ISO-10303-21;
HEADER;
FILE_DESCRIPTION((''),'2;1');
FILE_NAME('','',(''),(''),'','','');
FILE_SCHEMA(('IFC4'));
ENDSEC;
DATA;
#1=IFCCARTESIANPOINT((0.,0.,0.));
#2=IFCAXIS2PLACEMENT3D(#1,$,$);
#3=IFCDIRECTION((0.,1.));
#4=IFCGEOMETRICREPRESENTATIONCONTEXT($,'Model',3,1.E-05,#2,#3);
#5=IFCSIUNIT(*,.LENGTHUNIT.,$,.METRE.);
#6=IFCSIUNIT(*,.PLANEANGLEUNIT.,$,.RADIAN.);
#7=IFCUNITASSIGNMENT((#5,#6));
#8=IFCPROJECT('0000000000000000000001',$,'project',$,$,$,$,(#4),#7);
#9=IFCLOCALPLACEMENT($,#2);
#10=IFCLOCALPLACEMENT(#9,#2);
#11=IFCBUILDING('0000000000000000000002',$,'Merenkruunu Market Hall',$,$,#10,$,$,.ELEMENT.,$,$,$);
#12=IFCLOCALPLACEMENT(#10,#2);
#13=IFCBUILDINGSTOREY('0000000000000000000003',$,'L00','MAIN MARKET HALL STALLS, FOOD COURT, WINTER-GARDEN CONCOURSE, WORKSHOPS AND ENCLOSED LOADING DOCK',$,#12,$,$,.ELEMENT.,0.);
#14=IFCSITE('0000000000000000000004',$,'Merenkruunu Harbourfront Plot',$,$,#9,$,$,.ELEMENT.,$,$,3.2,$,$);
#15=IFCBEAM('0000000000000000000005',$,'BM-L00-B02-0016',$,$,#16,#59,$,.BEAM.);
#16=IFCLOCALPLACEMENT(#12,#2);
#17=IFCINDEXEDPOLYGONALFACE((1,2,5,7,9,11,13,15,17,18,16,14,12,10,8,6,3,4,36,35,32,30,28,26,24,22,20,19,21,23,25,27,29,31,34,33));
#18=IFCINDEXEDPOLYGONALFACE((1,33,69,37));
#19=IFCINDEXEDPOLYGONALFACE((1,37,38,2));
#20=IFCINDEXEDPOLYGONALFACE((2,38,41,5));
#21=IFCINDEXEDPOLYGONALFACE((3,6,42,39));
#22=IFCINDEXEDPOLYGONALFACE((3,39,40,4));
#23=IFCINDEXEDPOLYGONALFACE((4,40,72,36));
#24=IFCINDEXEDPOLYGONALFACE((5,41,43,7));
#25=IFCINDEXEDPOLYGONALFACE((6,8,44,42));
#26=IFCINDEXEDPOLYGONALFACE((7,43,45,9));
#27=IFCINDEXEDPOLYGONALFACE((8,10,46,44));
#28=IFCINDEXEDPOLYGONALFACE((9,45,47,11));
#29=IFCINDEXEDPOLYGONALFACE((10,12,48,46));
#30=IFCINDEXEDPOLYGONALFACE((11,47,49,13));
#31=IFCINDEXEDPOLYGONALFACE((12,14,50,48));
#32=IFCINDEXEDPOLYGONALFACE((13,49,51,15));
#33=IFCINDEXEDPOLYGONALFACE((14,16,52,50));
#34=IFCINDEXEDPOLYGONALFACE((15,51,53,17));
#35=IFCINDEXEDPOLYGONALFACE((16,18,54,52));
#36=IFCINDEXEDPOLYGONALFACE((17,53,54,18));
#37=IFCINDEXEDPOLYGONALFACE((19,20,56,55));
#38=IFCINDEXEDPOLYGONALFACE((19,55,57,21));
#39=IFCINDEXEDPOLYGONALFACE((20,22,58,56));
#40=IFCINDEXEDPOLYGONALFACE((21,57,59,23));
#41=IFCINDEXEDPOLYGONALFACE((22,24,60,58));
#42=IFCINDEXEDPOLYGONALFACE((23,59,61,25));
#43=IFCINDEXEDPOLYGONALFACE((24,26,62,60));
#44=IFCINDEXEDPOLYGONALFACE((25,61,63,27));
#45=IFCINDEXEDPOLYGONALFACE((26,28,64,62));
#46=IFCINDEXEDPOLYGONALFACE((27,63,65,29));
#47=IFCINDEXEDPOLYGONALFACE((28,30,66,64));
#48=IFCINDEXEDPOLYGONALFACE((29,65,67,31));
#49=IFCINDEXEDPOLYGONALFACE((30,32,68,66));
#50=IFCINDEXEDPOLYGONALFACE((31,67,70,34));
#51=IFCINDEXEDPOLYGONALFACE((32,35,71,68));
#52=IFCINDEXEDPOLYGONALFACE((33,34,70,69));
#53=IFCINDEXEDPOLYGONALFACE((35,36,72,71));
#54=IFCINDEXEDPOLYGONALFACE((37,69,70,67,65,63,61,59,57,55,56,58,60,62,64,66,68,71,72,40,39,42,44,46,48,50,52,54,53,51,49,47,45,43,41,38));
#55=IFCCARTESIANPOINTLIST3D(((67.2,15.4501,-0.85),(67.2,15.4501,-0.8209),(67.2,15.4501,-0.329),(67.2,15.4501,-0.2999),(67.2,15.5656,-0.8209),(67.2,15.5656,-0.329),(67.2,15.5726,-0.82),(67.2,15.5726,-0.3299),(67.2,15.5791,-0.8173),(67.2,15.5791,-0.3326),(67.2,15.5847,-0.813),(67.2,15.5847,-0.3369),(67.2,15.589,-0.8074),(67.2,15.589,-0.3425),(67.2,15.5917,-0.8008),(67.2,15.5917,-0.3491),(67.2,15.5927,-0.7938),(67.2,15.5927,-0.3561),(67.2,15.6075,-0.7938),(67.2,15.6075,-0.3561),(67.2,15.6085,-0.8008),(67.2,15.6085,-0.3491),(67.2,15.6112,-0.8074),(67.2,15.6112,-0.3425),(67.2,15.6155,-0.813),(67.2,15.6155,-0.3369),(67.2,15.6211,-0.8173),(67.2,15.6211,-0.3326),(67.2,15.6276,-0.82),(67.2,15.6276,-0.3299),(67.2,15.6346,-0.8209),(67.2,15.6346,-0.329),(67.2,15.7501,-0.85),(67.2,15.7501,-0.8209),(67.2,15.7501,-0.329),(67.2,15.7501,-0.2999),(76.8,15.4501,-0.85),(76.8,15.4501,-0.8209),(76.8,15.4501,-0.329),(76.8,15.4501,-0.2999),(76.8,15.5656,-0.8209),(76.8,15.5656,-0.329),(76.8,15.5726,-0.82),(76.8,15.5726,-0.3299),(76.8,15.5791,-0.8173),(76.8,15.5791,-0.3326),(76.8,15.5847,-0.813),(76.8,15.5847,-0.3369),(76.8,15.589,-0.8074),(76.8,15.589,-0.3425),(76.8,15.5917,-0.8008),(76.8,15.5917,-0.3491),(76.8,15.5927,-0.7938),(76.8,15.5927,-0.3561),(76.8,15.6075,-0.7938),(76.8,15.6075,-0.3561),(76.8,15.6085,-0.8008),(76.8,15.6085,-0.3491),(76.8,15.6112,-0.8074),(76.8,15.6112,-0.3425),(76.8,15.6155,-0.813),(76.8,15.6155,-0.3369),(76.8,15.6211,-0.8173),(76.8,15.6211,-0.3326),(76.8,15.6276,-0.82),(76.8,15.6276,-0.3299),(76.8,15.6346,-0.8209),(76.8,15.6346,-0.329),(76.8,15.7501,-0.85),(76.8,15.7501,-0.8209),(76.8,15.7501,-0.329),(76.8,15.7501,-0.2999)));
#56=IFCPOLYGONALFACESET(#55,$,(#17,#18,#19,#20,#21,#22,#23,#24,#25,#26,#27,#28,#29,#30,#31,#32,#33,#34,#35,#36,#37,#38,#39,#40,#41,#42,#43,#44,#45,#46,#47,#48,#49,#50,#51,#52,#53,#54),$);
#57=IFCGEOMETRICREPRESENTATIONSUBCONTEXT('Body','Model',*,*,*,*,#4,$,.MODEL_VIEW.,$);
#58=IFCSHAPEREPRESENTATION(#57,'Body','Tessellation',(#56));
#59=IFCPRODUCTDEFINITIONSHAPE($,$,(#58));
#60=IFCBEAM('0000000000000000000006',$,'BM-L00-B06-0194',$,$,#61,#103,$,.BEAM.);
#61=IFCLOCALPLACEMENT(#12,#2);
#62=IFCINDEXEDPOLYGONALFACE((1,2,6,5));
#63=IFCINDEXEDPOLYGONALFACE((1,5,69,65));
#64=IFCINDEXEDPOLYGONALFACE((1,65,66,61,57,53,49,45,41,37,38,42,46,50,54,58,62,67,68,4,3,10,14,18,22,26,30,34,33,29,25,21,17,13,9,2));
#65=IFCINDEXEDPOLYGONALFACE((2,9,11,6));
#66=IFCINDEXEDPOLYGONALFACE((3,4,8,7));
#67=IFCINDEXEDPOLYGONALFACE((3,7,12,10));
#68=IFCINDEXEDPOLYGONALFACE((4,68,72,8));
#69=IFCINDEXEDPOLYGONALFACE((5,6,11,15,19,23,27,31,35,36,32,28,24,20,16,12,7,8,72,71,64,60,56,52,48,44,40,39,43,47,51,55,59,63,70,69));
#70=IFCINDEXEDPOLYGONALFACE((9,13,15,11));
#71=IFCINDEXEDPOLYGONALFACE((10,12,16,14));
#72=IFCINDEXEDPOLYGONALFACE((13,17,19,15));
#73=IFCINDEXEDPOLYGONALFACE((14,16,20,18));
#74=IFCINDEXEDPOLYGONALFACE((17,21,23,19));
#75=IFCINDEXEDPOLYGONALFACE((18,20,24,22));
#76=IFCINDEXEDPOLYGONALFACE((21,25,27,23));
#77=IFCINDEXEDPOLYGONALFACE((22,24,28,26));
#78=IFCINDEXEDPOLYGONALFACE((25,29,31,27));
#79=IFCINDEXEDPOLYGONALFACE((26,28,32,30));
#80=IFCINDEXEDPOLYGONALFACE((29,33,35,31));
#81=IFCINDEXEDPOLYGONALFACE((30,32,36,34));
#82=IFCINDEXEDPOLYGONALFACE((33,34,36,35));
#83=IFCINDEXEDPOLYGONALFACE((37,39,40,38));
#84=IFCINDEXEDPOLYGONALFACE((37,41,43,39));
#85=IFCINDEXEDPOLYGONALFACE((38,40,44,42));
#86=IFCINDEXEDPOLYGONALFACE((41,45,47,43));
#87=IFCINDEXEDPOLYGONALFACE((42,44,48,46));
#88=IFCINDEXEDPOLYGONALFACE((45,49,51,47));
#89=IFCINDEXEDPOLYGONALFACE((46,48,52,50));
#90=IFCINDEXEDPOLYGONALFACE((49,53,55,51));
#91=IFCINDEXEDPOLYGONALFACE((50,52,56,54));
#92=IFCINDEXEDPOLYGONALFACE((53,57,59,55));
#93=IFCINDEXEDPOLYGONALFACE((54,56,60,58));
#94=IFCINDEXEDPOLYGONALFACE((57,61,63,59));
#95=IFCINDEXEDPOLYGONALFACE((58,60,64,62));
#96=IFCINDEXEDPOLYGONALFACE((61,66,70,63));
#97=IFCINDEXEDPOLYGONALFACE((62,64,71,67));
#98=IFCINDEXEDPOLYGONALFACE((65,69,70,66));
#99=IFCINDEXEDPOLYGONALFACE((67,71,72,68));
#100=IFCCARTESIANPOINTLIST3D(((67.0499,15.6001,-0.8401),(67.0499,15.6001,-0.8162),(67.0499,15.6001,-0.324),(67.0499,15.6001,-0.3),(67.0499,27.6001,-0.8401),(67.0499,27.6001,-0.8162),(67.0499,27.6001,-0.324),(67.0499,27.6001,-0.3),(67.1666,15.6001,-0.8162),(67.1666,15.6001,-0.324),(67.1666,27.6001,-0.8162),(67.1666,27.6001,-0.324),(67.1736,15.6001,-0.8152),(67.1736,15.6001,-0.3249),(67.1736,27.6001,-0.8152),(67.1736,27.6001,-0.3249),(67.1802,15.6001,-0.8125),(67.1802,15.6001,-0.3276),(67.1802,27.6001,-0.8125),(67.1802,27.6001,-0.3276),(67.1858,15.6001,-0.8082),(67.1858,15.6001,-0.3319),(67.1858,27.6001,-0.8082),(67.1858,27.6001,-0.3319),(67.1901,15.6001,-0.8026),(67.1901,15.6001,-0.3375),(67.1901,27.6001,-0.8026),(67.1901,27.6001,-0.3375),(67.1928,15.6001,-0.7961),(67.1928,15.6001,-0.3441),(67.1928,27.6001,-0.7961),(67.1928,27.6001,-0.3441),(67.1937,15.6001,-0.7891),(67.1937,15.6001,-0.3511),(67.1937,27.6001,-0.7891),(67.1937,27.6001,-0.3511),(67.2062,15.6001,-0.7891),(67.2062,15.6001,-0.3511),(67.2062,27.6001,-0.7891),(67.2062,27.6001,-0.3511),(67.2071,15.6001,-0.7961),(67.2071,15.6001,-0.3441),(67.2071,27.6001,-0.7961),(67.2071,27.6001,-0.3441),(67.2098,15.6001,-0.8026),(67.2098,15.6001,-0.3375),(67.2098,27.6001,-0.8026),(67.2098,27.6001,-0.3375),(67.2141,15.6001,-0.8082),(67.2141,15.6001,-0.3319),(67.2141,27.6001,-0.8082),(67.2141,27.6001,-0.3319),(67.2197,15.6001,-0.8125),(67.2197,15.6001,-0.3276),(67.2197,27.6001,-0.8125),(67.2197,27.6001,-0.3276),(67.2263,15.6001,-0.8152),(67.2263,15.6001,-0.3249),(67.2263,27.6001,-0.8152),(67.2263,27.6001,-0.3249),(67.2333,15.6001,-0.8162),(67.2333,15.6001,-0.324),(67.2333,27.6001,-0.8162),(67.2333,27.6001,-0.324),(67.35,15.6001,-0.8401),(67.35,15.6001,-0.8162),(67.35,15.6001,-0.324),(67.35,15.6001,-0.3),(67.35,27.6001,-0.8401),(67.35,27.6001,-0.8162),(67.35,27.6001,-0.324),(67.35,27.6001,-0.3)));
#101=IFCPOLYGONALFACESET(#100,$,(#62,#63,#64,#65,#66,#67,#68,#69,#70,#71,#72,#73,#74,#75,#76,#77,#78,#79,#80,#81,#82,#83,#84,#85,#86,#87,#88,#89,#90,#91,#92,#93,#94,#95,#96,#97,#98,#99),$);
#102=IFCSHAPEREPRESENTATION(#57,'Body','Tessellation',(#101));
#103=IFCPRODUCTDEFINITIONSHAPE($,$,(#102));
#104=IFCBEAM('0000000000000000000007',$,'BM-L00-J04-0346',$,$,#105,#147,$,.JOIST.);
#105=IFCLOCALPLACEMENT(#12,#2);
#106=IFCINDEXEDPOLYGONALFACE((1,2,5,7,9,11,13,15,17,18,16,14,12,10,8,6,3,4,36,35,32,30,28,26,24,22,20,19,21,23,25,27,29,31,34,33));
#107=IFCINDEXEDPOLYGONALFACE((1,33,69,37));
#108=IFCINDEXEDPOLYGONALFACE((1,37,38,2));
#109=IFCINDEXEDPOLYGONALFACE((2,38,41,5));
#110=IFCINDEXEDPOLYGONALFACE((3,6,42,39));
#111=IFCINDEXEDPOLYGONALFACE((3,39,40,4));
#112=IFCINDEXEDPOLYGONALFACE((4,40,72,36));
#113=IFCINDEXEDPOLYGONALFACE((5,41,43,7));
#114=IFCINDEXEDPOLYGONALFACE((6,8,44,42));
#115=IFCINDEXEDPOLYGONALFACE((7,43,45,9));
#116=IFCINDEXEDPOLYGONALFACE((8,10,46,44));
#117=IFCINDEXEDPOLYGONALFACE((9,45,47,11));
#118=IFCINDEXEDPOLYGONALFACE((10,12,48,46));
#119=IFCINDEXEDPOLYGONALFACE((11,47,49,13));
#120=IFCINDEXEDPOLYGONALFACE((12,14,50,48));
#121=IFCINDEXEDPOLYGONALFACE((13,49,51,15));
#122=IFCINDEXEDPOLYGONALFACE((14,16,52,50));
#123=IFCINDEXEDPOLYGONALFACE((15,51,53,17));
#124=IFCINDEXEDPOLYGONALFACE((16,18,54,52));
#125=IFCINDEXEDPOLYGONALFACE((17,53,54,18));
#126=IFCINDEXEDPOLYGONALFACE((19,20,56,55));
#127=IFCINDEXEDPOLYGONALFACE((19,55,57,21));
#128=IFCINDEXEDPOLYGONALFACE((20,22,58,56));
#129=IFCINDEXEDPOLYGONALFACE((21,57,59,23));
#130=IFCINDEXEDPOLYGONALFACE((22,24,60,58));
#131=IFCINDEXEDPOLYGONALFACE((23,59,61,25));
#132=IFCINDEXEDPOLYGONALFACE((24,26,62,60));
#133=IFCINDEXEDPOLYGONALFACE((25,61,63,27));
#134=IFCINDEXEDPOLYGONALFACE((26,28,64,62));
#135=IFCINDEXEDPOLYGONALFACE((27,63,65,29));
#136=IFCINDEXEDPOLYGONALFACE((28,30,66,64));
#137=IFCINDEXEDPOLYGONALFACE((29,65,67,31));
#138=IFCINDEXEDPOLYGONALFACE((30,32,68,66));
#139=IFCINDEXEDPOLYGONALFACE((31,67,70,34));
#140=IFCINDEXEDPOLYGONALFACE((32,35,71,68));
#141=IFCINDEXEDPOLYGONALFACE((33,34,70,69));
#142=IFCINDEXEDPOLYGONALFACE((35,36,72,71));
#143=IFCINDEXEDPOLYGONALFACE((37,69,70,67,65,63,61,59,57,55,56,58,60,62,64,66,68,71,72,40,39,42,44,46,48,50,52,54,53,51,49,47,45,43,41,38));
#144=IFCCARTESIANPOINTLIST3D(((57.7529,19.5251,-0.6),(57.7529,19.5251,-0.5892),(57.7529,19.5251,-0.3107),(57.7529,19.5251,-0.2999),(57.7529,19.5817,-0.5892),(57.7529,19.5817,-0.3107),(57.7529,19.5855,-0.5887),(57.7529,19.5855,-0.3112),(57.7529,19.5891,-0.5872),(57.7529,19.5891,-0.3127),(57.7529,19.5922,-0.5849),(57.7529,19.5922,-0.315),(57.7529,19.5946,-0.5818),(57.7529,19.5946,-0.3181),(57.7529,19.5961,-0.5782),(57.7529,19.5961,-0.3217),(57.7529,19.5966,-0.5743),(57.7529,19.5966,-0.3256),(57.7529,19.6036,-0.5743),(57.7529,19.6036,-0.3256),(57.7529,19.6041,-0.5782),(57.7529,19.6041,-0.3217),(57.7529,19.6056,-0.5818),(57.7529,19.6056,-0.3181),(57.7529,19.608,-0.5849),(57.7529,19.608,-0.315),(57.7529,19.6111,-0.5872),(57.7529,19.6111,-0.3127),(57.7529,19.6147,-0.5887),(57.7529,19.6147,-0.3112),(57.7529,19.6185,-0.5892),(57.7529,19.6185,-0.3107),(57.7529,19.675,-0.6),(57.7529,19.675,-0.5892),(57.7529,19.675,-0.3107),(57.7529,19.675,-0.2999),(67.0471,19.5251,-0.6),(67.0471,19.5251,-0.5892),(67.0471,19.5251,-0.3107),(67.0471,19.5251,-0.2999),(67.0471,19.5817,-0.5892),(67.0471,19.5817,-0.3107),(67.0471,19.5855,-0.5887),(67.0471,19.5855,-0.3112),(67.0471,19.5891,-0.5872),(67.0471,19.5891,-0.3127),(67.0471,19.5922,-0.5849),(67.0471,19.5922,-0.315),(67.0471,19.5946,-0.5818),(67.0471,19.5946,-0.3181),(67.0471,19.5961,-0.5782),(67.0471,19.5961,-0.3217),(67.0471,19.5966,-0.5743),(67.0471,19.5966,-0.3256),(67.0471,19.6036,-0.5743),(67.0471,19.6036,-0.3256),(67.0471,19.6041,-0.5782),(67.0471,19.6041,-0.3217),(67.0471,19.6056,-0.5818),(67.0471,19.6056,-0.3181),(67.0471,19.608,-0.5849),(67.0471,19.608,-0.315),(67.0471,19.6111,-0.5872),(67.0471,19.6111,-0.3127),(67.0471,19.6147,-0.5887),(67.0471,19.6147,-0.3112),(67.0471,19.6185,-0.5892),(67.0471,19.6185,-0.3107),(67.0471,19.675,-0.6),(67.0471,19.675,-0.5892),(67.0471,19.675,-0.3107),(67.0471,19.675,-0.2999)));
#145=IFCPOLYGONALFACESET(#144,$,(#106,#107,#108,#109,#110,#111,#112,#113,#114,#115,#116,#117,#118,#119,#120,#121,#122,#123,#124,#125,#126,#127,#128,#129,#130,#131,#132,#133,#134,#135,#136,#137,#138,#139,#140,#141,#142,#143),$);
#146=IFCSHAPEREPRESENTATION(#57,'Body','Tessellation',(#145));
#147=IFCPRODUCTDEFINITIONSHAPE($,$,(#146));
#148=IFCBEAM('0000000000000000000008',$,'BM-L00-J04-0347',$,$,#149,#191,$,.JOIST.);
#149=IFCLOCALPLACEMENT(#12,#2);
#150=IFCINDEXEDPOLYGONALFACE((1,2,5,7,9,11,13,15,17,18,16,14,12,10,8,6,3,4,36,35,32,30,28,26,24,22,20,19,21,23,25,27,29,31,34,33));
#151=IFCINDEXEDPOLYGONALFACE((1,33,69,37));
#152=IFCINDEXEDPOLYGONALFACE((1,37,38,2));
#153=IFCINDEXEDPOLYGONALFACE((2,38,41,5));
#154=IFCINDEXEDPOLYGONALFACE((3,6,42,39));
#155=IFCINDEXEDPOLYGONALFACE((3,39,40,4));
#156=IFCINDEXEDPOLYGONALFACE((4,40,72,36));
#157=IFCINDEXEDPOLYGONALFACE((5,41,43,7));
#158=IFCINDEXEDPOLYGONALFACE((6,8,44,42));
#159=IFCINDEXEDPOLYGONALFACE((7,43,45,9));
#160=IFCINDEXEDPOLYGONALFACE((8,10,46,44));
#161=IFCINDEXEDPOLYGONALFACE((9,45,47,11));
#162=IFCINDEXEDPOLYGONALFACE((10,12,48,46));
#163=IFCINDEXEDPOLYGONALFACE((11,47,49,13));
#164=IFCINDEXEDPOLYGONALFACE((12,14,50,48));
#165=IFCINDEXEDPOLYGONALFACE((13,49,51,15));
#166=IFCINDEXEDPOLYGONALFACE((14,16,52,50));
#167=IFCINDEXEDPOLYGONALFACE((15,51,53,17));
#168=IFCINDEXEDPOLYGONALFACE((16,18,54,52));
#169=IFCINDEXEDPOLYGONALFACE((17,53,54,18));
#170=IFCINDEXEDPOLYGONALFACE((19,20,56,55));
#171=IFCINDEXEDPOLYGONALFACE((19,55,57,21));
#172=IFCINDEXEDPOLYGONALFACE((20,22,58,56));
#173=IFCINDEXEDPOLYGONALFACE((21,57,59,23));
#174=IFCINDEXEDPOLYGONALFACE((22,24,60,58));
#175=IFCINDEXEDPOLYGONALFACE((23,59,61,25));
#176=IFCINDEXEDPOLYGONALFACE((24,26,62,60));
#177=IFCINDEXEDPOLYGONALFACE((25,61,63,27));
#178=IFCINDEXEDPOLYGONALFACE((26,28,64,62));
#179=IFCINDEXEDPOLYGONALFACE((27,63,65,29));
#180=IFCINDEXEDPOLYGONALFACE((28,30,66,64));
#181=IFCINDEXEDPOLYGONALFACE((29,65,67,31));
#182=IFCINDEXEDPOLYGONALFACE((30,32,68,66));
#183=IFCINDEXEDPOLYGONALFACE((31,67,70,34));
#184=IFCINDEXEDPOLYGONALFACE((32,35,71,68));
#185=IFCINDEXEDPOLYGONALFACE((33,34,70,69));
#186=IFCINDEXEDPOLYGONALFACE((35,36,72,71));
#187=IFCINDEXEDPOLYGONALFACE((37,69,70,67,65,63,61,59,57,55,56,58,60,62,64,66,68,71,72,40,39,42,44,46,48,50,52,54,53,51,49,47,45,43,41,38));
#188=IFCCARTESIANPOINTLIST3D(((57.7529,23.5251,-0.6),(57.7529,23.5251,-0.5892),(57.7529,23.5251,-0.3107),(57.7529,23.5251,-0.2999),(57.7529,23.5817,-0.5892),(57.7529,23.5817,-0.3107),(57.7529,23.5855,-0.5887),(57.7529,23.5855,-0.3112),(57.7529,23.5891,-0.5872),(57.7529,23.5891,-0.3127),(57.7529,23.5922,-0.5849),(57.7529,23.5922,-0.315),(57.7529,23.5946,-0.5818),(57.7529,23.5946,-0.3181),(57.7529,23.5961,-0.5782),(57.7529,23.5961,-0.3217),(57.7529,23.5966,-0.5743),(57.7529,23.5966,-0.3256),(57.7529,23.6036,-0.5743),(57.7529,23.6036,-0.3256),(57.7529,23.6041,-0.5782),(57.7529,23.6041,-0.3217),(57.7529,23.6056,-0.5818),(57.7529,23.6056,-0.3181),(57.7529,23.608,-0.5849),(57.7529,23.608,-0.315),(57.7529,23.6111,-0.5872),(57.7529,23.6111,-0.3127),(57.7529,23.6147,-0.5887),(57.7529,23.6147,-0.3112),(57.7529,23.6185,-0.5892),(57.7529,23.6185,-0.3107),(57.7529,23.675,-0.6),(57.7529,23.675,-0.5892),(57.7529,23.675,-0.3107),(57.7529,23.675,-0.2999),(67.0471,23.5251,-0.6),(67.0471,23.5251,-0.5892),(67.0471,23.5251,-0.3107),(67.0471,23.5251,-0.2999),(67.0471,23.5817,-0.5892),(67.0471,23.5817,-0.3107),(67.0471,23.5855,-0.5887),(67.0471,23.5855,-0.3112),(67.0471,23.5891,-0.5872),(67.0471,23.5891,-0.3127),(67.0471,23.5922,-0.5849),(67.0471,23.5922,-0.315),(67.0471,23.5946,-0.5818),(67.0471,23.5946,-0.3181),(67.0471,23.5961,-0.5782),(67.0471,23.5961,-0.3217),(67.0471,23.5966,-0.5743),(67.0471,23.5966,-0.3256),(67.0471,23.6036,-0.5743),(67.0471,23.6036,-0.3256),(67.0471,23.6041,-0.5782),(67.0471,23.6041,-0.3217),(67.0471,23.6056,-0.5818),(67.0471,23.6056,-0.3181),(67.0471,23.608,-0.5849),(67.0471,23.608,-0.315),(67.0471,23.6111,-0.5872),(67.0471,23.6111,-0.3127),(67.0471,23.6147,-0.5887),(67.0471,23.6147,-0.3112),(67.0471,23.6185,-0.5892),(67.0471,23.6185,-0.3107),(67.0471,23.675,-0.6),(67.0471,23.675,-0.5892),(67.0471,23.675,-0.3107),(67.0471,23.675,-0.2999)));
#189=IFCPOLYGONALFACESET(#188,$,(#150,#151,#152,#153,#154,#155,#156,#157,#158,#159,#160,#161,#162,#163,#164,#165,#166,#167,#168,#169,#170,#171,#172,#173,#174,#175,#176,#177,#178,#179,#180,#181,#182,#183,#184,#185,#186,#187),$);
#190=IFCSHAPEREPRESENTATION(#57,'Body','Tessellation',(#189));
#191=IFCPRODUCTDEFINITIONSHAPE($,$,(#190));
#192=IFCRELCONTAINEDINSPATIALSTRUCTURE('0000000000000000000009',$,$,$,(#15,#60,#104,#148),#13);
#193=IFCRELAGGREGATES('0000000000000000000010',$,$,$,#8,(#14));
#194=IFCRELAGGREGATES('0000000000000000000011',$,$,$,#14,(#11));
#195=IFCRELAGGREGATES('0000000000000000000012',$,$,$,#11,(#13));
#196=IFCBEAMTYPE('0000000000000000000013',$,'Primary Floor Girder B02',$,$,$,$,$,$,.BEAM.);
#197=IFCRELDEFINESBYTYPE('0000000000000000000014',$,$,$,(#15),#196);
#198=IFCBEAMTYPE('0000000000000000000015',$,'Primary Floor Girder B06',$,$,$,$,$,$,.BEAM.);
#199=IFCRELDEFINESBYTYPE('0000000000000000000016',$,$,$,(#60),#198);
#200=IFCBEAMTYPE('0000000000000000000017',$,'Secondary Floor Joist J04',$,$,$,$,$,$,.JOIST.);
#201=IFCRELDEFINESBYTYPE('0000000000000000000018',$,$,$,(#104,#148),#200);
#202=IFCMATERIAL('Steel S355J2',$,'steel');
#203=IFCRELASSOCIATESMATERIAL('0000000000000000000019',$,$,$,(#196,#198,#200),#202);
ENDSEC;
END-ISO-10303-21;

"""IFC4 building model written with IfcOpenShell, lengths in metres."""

from ifc_helpers import new_model, si_unit, direction, frame, origin, origin_2d, place, context, subcontext, project, spatial, i_section, extrude, material, material_profile, profile_set, type_object, element, save


model = new_model("IFC4")

# Units and contexts
model_context = context("Model", 3, precision=1e-05, world=origin(), true_north=direction((0.0, 1.0)))
body_context = subcontext(model_context, "Body", "Model", "MODEL_VIEW")
ifc_project = project(units=[si_unit("LENGTHUNIT", "METRE"), si_unit("PLANEANGLEUNIT", "RADIAN")], contexts=[model_context])

# Site, building, storey
site_placement = place(None, origin())
site = spatial("IfcSite", under=ifc_project, at=site_placement, Name="Merenkruunu Harbourfront Plot", CompositionType="ELEMENT", RefElevation=3.2)
building_placement = place(site_placement, origin())
building = spatial("IfcBuilding", under=site, at=building_placement, Name="Merenkruunu Market Hall", CompositionType="ELEMENT")
storey_placement = place(building_placement, origin())
storey = spatial("IfcBuildingStorey", under=building, at=storey_placement, Name="L00", Description="MAIN MARKET HALL STALLS, FOOD COURT, WINTER-GARDEN CONCOURSE, WORKSHOPS AND ENCLOSED LOADING DOCK", CompositionType="ELEMENT", Elevation=0.0)

# Beams
ifc_material_1 = material(Name="Steel S355J2", Category="steel")
ifc_material_profile_1 = material_profile(ifc_material_1, i_section(OverallWidth=0.3, OverallDepth=0.55, WebThickness=0.0149, FlangeThickness=0.0291, FilletRadius=0.0271, at=origin_2d()), Name="HEB 550")
ifc_profile_set_1 = profile_set([ifc_material_profile_1], Name="Steel S355J2")
beam_type_1 = type_object("IfcBeamType", Name="Primary Floor Girder B02", PredefinedType="BEAM", material=ifc_profile_set_1)
beam_1_placement = place(storey_placement, frame((67.2, 15.6001, -0.575), z_axis=(1.0, 0.0, 0.0), x_axis=(0.0, 1.0, 0.0)))
element("IfcBeam", 1, at=beam_1_placement, inside=storey, type_object=beam_type_1, Name="BM-L00-B02-0016", PredefinedType="BEAM", context=body_context, shape_type="SweptSolid", body=[
    extrude(i_section(OverallWidth=0.3, OverallDepth=0.55, WebThickness=0.0149, FlangeThickness=0.0291, FilletRadius=0.0271, at=origin_2d()), origin(), (0.0, 0.0, 1.0), 9.6001),
])
ifc_material_profile_2 = material_profile(ifc_material_1, i_section(OverallWidth=0.3, OverallDepth=0.54, WebThickness=0.0125, FlangeThickness=0.0239, FilletRadius=0.0271, at=origin_2d()), Name="HEA 550")
ifc_profile_set_2 = profile_set([ifc_material_profile_2], Name="Steel S355J2")
beam_type_2 = type_object("IfcBeamType", Name="Primary Floor Girder B06", PredefinedType="BEAM", material=ifc_profile_set_2)
beam_2_placement = place(storey_placement, frame((67.2, 15.6001, -0.5701), z_axis=(0.0, 1.0, 0.0), x_axis=(-1.0, 0.0, 0.0)))
element("IfcBeam", 2, at=beam_2_placement, inside=storey, type_object=beam_type_2, Name="BM-L00-B06-0194", PredefinedType="BEAM", context=body_context, shape_type="SweptSolid", body=[
    extrude(i_section(OverallWidth=0.3, OverallDepth=0.54, WebThickness=0.0125, FlangeThickness=0.0239, FilletRadius=0.0271, at=origin_2d()), origin(), (0.0, 0.0, 1.0), 12.0),
])
ifc_material_profile_3 = material_profile(ifc_material_1, i_section(OverallWidth=0.1499, OverallDepth=0.3, WebThickness=0.0071, FlangeThickness=0.0107, FilletRadius=0.0149, at=origin_2d()), Name="IPE 300")
ifc_profile_set_3 = profile_set([ifc_material_profile_3], Name="Steel S355J2")
beam_type_3 = type_object("IfcBeamType", Name="Secondary Floor Joist J04", PredefinedType="JOIST", material=ifc_profile_set_3)
for number, where, z_axis, x_axis, name in (
    (3, (57.7529, 19.6001, -0.45), (1.0, 0.0, 0.0), (0.0, 1.0, 0.0), "BM-L00-J04-0346"),
    (4, (57.7529, 23.6001, -0.45), (1.0, 0.0, 0.0), (0.0, 1.0, 0.0), "BM-L00-J04-0347"),
):
    element("IfcBeam", number, at=place(storey_placement, frame(where, z_axis=z_axis, x_axis=x_axis)), inside=storey, type_object=beam_type_3, Name=name, PredefinedType="JOIST", context=body_context, shape_type="SweptSolid", body=[
        extrude(i_section(OverallWidth=0.1499, OverallDepth=0.3, WebThickness=0.0071, FlangeThickness=0.0107, FilletRadius=0.0149, at=origin_2d()), origin(), (0.0, 0.0, 1.0), 9.2942),
    ])

save(model, "model.ifc")
